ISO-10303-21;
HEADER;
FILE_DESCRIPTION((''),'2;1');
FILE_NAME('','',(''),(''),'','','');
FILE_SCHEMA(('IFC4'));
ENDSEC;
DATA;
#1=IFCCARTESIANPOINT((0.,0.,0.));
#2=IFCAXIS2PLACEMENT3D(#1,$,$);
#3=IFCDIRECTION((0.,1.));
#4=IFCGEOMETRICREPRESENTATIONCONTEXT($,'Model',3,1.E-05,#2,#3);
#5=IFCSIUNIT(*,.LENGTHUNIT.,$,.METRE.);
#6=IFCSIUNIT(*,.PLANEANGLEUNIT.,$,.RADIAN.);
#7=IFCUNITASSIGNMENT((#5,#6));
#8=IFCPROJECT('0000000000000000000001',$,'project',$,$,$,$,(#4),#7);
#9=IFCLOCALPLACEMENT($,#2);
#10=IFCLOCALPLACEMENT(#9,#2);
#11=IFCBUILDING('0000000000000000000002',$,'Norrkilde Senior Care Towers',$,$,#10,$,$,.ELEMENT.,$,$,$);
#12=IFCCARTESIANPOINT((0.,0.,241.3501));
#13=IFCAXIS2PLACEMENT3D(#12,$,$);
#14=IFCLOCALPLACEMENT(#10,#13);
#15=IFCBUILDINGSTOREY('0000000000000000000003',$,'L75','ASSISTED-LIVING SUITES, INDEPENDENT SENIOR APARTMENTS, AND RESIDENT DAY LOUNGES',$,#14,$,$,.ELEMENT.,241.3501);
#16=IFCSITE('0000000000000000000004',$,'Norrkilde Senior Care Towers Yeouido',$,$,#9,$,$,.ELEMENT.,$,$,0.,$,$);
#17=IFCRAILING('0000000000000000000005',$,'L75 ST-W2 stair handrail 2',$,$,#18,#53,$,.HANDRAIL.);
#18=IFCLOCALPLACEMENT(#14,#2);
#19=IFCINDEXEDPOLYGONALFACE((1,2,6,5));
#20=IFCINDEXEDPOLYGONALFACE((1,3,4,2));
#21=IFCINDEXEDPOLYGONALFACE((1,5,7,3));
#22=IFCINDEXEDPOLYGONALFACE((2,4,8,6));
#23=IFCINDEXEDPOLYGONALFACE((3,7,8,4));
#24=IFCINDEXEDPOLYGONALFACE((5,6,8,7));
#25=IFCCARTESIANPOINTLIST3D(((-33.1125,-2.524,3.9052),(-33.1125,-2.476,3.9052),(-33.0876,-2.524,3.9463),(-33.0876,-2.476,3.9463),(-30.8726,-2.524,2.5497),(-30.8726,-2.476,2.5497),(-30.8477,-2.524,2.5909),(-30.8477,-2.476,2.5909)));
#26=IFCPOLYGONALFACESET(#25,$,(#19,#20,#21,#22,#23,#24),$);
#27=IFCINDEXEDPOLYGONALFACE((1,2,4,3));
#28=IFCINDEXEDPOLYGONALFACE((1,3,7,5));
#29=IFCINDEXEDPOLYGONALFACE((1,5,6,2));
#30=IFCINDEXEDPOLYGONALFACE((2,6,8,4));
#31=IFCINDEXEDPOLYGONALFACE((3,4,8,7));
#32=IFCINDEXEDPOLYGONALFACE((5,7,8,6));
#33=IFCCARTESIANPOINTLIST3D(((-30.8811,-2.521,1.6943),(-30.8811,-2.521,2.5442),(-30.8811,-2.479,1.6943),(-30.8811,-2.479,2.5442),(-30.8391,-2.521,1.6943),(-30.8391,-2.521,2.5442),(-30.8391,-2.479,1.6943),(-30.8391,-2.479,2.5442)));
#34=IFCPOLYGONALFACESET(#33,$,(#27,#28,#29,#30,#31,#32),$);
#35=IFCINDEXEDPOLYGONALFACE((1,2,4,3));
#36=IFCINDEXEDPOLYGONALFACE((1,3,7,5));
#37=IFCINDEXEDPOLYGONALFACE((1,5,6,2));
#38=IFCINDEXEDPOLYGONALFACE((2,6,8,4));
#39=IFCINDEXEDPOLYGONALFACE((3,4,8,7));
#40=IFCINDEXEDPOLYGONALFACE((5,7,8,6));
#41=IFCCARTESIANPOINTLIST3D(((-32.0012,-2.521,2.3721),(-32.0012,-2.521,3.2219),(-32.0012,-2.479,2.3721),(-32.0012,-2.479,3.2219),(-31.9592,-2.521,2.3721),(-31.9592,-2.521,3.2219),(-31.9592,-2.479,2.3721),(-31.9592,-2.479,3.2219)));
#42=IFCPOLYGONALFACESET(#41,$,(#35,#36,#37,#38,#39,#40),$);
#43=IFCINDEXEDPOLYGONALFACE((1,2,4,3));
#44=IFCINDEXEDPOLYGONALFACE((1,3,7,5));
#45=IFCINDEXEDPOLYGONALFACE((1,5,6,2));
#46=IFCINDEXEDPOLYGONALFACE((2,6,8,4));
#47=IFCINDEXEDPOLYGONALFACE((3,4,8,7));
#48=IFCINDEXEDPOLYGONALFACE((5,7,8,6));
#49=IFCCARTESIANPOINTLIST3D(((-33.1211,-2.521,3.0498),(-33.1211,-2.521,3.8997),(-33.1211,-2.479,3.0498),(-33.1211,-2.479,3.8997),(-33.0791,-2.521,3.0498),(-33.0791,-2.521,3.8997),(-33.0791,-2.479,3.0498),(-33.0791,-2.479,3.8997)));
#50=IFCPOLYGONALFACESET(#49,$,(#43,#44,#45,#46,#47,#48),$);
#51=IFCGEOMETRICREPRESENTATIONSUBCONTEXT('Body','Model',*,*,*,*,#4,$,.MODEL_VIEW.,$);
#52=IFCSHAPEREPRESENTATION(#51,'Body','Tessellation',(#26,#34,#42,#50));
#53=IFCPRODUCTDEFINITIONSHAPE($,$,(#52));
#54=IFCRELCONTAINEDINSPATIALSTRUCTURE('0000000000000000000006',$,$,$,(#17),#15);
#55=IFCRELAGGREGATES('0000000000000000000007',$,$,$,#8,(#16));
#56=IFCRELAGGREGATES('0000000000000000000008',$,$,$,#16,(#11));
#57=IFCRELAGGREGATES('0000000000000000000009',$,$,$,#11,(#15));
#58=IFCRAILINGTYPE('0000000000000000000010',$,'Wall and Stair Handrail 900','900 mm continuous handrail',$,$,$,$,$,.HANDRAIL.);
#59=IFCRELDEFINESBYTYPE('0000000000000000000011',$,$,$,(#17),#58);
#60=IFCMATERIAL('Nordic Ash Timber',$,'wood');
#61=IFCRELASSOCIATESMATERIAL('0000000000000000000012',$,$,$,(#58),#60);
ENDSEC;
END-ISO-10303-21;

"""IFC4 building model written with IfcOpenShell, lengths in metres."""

from ifc_helpers import new_model, si_unit, direction, frame, origin, origin_2d, place, context, subcontext, project, spatial, rectangle, extrude, material, type_object, element, save


model = new_model("IFC4")

# Units and contexts
model_context = context("Model", 3, precision=1e-05, world=origin(), true_north=direction((0.0, 1.0)))
body_context = subcontext(model_context, "Body", "Model", "MODEL_VIEW")
ifc_project = project(units=[si_unit("LENGTHUNIT", "METRE"), si_unit("PLANEANGLEUNIT", "RADIAN")], contexts=[model_context])

# Site, building, storey
site_placement = place(None, origin())
site = spatial("IfcSite", under=ifc_project, at=site_placement, Name="Norrkilde Senior Care Towers Yeouido", CompositionType="ELEMENT", RefElevation=0.0)
building_placement = place(site_placement, origin())
building = spatial("IfcBuilding", under=site, at=building_placement, Name="Norrkilde Senior Care Towers", CompositionType="ELEMENT")
storey_placement = place(building_placement, frame((0.0, 0.0, 241.3501)))
storey = spatial("IfcBuildingStorey", under=building, at=storey_placement, Name="L75", Description="ASSISTED-LIVING SUITES, INDEPENDENT SENIOR APARTMENTS, AND RESIDENT DAY LOUNGES", CompositionType="ELEMENT", Elevation=241.3501)

# Railing
ifc_material_1 = material(Name="Nordic Ash Timber", Category="wood")
railing_type_1 = type_object("IfcRailingType", Name="Wall and Stair Handrail 900", Description="900 mm continuous handrail", PredefinedType="HANDRAIL", material=ifc_material_1)
railing_1_placement = place(storey_placement, frame((-30.8601, -2.5, 1.6943)))
element("IfcRailing", 1, at=railing_1_placement, inside=storey, type_object=railing_type_1, Name="L75 ST-W2 stair handrail 2", PredefinedType="HANDRAIL", context=body_context, shape_type="SweptSolid", body=[
    extrude(rectangle(XDim=0.0481, YDim=0.0481, at=origin_2d()), frame((0.0, 0.0, 0.876), z_axis=(-0.855553, 0.0, 0.517715), x_axis=(0.0, -1.0, 0.0)), (0.0, 0.0, 1.0), 2.6182),
    extrude(rectangle(XDim=0.042, YDim=0.042, at=origin_2d()), origin(), (0.0, 0.0, 1.0), 0.8499),
    extrude(rectangle(XDim=0.042, YDim=0.042, at=origin_2d()), frame((-1.1201, 0.0, 0.6777)), (0.0, 0.0, 1.0), 0.8499),
    extrude(rectangle(XDim=0.042, YDim=0.042, at=origin_2d()), frame((-2.24, 0.0, 1.3555)), (0.0, 0.0, 1.0), 0.8499),
])

save(model, "model.ifc")
